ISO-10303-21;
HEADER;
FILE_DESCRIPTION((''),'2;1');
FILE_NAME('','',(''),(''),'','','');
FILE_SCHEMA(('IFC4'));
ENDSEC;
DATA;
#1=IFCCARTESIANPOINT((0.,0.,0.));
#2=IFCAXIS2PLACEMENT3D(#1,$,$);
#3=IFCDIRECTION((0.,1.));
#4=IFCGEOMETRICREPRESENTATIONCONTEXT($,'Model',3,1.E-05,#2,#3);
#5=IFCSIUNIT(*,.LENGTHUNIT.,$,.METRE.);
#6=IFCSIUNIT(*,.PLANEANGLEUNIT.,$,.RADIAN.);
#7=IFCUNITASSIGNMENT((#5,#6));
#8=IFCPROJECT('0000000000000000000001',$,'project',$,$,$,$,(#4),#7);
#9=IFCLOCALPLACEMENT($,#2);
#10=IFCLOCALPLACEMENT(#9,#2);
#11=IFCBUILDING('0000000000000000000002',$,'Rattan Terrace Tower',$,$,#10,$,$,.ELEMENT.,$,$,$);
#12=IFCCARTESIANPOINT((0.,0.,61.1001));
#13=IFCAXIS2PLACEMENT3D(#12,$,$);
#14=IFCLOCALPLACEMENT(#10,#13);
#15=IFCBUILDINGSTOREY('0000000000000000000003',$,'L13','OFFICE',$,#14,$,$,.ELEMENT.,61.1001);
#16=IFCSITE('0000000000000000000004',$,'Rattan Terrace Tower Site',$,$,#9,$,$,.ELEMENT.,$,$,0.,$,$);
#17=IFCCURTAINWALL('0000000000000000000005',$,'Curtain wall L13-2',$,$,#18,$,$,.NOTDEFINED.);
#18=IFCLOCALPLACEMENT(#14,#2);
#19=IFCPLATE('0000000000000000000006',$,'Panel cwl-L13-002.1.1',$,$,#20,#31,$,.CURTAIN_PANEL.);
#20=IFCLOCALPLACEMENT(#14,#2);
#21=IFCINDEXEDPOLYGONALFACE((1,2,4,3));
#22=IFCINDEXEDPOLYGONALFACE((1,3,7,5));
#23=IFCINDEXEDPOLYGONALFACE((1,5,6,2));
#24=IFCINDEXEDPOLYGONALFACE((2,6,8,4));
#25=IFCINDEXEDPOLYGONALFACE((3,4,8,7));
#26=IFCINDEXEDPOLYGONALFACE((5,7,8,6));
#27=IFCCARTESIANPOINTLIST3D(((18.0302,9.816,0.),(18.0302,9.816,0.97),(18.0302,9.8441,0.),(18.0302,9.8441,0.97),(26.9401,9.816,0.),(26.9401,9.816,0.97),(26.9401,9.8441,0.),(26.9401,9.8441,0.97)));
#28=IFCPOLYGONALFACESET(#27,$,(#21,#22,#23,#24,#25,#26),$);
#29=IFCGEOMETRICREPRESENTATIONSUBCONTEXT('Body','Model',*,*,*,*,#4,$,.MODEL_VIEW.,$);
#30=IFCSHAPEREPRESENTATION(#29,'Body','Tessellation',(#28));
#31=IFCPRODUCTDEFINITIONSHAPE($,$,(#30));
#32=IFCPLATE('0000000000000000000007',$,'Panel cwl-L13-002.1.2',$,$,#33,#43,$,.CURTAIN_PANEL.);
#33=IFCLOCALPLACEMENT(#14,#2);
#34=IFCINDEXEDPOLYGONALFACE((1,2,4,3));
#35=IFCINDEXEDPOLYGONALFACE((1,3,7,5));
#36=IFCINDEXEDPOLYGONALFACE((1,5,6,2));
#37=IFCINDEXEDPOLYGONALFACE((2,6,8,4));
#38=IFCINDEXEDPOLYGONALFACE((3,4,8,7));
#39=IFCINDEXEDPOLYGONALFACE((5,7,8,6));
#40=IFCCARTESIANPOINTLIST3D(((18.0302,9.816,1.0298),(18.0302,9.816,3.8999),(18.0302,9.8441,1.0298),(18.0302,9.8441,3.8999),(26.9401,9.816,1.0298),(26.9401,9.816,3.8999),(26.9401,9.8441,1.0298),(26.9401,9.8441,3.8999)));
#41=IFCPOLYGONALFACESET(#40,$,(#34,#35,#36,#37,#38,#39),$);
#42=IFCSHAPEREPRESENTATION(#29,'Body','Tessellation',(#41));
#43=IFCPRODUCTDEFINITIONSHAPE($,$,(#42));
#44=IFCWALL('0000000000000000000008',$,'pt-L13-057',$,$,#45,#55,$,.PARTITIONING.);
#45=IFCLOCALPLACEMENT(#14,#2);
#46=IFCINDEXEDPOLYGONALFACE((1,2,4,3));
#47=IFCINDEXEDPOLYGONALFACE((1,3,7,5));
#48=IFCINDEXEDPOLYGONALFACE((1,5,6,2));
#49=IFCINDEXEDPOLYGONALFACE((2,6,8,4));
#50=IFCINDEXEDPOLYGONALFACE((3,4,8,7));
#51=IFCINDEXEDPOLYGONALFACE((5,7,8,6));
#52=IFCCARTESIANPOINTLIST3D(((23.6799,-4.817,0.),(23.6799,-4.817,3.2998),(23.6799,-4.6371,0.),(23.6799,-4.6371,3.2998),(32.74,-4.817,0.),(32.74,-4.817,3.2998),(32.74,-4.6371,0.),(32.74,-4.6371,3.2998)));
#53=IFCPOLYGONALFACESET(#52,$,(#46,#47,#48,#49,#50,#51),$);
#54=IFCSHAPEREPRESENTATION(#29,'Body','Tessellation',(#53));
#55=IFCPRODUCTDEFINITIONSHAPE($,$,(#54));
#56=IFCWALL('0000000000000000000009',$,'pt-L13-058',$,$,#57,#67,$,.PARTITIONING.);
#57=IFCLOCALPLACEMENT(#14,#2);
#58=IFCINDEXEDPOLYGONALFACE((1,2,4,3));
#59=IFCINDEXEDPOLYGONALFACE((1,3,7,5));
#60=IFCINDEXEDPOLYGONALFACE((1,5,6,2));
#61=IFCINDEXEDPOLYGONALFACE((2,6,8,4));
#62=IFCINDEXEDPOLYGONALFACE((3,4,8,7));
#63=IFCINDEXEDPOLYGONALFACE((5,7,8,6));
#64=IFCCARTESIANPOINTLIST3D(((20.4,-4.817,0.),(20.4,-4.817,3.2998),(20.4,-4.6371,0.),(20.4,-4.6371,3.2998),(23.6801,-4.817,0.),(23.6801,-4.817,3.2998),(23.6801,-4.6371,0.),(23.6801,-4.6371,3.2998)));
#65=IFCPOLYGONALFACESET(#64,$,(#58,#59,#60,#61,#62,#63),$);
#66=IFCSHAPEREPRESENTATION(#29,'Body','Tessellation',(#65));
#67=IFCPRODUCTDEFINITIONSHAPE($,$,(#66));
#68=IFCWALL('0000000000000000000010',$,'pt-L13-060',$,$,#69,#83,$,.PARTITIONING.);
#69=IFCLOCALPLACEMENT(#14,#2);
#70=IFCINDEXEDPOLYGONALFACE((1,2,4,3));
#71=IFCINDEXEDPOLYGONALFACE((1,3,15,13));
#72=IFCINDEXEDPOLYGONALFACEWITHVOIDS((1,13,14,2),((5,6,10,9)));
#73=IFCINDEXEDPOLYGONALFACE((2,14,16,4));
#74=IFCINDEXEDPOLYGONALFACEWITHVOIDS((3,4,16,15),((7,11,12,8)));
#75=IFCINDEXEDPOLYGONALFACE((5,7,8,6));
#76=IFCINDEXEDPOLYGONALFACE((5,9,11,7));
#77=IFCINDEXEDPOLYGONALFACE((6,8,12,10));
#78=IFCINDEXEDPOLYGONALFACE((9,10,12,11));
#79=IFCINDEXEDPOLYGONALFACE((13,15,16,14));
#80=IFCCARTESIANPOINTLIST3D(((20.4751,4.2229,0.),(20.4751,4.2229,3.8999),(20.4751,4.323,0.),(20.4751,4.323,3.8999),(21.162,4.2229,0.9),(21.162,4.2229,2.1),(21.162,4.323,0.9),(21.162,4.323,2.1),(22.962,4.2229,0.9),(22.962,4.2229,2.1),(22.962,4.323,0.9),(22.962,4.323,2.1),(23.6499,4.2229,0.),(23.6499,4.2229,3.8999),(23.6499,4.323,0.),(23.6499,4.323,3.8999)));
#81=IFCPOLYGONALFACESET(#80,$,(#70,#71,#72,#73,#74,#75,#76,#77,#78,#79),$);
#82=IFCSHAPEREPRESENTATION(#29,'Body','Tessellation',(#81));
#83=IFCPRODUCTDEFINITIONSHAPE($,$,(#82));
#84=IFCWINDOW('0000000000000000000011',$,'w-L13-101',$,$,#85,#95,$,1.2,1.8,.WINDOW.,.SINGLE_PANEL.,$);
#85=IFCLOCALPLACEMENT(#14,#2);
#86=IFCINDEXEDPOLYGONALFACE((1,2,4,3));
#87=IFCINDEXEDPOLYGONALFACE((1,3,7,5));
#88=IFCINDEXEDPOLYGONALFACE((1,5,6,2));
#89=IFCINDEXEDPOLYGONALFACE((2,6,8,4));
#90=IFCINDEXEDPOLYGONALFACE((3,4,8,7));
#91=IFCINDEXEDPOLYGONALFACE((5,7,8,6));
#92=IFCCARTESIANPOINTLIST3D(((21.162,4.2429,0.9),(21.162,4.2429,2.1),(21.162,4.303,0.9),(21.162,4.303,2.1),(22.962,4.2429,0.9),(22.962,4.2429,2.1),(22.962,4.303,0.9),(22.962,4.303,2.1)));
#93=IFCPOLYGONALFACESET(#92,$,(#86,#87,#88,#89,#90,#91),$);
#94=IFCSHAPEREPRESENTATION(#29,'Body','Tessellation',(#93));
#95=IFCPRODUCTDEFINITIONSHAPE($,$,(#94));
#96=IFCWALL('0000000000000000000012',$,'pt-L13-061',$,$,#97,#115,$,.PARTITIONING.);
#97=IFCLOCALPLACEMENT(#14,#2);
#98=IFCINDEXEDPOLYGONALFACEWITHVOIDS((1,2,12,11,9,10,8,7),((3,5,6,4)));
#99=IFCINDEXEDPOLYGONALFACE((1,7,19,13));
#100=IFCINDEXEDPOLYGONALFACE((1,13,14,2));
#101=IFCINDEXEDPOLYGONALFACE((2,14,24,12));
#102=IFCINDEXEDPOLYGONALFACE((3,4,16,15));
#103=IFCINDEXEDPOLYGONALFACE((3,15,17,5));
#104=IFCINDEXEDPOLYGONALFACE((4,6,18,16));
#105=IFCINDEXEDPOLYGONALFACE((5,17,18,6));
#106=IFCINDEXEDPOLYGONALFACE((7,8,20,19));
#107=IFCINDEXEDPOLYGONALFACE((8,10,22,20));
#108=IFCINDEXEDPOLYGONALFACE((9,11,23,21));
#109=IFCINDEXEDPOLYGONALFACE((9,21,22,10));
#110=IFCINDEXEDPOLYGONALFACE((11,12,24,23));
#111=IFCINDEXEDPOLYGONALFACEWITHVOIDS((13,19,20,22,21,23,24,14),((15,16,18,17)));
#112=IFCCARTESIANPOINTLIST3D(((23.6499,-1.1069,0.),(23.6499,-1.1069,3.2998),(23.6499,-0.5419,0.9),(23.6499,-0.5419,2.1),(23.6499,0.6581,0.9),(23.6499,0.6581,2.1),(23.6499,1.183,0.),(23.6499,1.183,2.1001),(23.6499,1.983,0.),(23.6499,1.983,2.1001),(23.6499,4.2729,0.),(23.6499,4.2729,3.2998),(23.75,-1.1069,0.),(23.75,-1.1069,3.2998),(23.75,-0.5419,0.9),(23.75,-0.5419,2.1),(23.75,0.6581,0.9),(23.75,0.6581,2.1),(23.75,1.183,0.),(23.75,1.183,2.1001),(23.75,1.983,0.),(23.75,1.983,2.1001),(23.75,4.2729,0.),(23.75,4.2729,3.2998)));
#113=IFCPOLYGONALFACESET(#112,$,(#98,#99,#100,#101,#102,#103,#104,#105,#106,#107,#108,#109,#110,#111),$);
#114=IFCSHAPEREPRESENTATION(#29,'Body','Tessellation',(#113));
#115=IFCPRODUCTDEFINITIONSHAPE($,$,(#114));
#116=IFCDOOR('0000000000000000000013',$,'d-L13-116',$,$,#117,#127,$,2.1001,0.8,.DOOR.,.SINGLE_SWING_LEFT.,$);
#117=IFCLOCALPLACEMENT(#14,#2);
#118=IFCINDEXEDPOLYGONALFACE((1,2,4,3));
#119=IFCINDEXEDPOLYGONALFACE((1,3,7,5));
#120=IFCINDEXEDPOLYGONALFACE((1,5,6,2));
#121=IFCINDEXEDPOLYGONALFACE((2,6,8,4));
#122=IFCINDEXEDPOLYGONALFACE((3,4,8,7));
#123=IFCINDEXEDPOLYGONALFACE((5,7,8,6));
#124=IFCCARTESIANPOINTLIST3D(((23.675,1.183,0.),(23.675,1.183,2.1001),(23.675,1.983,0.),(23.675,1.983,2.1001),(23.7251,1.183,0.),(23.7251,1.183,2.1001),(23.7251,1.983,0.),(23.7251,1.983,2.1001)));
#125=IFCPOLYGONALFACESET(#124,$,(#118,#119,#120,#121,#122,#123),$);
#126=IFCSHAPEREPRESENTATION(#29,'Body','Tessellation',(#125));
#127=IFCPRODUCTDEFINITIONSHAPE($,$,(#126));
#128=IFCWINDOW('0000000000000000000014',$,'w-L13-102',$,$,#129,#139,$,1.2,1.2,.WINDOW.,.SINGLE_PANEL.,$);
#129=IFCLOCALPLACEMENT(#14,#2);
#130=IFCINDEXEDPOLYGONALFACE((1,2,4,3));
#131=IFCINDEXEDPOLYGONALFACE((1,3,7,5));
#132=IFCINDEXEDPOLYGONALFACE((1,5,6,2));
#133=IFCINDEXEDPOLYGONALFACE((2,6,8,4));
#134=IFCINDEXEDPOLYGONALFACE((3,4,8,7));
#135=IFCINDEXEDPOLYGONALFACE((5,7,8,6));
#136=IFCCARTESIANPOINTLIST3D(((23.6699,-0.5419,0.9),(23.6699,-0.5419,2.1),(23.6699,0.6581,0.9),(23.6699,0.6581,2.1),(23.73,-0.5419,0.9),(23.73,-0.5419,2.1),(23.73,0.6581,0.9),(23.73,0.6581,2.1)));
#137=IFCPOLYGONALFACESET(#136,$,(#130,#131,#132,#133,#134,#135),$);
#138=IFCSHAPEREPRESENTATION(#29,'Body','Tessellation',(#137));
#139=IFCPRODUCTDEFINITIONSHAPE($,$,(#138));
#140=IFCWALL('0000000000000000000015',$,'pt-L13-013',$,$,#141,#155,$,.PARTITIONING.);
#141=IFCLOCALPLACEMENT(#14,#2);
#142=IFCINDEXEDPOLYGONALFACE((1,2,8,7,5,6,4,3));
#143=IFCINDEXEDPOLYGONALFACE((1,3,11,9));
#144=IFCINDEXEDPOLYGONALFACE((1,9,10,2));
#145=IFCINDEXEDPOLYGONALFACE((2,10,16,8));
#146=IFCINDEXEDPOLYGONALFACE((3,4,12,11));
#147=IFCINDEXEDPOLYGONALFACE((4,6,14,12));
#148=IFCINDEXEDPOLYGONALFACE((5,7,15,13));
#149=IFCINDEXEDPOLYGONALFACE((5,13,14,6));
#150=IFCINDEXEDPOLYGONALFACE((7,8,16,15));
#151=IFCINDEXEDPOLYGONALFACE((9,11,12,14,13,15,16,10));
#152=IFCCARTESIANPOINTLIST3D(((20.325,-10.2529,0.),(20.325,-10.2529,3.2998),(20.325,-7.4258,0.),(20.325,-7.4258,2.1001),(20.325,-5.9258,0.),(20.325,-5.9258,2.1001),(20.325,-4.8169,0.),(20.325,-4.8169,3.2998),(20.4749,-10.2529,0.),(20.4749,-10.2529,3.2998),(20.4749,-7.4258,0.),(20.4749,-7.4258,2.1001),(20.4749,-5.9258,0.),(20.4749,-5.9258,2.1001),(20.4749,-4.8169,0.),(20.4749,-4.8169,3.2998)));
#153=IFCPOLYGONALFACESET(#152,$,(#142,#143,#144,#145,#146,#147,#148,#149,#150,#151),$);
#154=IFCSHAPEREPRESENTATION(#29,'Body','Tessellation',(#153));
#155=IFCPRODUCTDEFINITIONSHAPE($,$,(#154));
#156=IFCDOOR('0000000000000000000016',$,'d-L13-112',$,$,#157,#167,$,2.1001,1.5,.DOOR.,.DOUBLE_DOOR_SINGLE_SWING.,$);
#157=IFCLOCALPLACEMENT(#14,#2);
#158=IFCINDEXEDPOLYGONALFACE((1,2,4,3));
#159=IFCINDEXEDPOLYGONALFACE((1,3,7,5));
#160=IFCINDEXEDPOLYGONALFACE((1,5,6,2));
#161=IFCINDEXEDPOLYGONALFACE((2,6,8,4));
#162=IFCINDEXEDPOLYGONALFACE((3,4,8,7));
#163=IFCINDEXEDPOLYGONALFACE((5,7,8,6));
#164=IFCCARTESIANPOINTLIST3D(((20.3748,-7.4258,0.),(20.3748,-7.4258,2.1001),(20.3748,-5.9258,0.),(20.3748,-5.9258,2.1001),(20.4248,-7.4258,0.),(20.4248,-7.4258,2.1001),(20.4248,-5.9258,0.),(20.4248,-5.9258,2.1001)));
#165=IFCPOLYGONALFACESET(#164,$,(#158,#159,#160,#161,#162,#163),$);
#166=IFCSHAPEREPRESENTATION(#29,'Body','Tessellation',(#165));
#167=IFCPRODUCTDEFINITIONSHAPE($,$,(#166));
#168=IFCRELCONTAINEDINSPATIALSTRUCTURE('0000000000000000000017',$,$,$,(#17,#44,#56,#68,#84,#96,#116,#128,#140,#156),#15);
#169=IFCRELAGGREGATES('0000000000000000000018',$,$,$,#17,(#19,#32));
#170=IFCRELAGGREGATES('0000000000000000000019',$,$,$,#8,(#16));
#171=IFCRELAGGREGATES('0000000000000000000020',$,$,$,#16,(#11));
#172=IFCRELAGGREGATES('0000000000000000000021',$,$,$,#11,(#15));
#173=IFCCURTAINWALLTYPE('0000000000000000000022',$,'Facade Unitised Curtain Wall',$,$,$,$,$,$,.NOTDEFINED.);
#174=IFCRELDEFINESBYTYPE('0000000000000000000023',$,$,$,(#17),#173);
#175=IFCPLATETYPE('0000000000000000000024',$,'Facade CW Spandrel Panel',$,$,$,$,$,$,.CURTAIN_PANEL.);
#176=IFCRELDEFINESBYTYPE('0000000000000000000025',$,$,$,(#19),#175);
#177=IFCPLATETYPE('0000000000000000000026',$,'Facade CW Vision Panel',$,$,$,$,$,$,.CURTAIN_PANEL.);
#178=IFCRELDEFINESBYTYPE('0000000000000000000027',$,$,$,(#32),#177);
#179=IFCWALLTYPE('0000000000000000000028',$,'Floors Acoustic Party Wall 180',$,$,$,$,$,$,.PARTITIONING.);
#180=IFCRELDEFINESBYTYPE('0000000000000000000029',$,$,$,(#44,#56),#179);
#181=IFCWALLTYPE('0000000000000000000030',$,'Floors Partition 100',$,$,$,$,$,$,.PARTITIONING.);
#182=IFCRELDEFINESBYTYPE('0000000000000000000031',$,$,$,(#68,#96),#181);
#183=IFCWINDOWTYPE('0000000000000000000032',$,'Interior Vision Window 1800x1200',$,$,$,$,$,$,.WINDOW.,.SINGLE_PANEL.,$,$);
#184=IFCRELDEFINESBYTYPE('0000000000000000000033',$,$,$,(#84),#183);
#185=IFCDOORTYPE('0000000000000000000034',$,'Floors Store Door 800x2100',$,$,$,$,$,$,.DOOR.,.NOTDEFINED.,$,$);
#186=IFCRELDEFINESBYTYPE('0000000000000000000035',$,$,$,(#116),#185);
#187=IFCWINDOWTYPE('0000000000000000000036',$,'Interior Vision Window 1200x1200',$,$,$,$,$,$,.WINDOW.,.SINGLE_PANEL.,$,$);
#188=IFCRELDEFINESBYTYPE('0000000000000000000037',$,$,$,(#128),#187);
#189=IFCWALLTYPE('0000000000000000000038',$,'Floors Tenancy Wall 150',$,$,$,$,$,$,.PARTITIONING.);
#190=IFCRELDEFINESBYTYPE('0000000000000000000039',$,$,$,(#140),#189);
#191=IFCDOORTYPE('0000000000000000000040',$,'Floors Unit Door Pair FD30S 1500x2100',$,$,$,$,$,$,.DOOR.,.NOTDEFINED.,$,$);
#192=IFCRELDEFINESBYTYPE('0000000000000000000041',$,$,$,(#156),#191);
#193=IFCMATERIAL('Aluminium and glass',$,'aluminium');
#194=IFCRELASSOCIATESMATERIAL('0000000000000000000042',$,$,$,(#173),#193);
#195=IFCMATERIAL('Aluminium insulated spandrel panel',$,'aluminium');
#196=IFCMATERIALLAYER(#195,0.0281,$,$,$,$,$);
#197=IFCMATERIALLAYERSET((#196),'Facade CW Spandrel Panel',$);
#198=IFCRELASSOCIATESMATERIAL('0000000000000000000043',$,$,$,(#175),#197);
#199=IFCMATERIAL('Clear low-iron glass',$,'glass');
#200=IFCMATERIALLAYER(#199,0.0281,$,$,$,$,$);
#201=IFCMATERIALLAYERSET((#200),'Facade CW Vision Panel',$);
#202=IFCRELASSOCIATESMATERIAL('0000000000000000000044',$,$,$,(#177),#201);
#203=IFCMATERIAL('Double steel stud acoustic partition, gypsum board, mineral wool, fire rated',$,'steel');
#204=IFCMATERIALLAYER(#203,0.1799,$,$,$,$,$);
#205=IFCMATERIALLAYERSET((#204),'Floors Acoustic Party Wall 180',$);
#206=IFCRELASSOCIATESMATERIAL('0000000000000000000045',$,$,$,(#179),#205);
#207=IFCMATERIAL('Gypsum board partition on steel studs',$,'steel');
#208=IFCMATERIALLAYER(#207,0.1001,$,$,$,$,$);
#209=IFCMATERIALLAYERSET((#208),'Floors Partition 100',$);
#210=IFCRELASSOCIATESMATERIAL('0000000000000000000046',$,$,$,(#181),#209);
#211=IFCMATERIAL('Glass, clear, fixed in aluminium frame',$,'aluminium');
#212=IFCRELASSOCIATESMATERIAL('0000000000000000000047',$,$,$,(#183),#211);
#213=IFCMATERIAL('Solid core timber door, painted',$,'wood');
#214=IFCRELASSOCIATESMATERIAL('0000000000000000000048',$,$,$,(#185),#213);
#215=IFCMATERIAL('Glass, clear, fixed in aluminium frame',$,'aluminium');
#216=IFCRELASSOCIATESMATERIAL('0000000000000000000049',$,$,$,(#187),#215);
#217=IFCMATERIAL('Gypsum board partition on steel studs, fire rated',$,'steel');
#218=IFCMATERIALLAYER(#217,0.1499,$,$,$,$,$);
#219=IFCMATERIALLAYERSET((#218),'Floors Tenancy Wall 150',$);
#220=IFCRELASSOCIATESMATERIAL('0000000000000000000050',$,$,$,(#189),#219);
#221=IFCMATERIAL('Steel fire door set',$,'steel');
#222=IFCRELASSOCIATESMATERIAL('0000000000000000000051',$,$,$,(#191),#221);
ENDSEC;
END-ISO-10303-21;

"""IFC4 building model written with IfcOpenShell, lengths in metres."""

from ifc_helpers import new_model, si_unit, direction, frame, frame_2d, origin, origin_2d, place, context, subcontext, project, spatial, rectangle, extrude, material, layer, layer_set, type_object, element, fill, aggregate, save


model = new_model("IFC4")

# Units and contexts
model_context = context("Model", 3, precision=1e-05, world=origin(), true_north=direction((0.0, 1.0)))
body_context = subcontext(model_context, "Body", "Model", "MODEL_VIEW")
ifc_project = project(units=[si_unit("LENGTHUNIT", "METRE"), si_unit("PLANEANGLEUNIT", "RADIAN")], contexts=[model_context])

# Site, building, storey
site_placement = place(None, origin())
site = spatial("IfcSite", under=ifc_project, at=site_placement, Name="Rattan Terrace Tower Site", CompositionType="ELEMENT", RefElevation=0.0)
building_placement = place(site_placement, origin())
building = spatial("IfcBuilding", under=site, at=building_placement, Name="Rattan Terrace Tower", CompositionType="ELEMENT")
storey_placement = place(building_placement, frame((0.0, 0.0, 61.1001)))
storey = spatial("IfcBuildingStorey", under=building, at=storey_placement, Name="L13", Description="OFFICE", CompositionType="ELEMENT", Elevation=61.1001)

# Curtain wall
ifc_material_1 = material(Name="Aluminium and glass", Category="aluminium")
curtain_wall_type = type_object("IfcCurtainWallType", Name="Facade Unitised Curtain Wall", PredefinedType="NOTDEFINED", material=ifc_material_1)
curtain_wall_placement = place(storey_placement, origin())
curtain_wall = element("IfcCurtainWall", 1, at=curtain_wall_placement, inside=storey, type_object=curtain_wall_type, Name="Curtain wall L13-2", PredefinedType="NOTDEFINED")

# Plates
ifc_material_2 = material(Name="Aluminium insulated spandrel panel", Category="aluminium")
ifc_layer_1 = layer(ifc_material_2, 0.0281)
ifc_layer_set_1 = layer_set([ifc_layer_1], Name="Facade CW Spandrel Panel")
plate_type_1 = type_object("IfcPlateType", Name="Facade CW Spandrel Panel", PredefinedType="CURTAIN_PANEL", material=ifc_layer_set_1)
plate_1_placement = place(storey_placement, frame((22.4851, 9.8301, 0.0), z_axis=(0.0, 0.0, 1.0), x_axis=(-1.0, 0.0, 0.0)))
plate_1 = element("IfcPlate", 2, at=plate_1_placement, type_object=plate_type_1, Name="Panel cwl-L13-002.1.1", PredefinedType="CURTAIN_PANEL", context=body_context, shape_type="SweptSolid", body=[
    extrude(rectangle(XDim=8.9099, YDim=0.0281, at=origin_2d()), origin(), (0.0, 0.0, 1.0), 0.97),
])
ifc_material_3 = material(Name="Clear low-iron glass", Category="glass")
ifc_layer_2 = layer(ifc_material_3, 0.0281)
ifc_layer_set_2 = layer_set([ifc_layer_2], Name="Facade CW Vision Panel")
plate_type_2 = type_object("IfcPlateType", Name="Facade CW Vision Panel", PredefinedType="CURTAIN_PANEL", material=ifc_layer_set_2)
plate_2_placement = place(storey_placement, frame((22.4851, 9.8301, 1.0298), z_axis=(0.0, 0.0, 1.0), x_axis=(-1.0, 0.0, 0.0)))
plate_2 = element("IfcPlate", 3, at=plate_2_placement, type_object=plate_type_2, Name="Panel cwl-L13-002.1.2", PredefinedType="CURTAIN_PANEL", context=body_context, shape_type="SweptSolid", body=[
    extrude(rectangle(XDim=8.9099, YDim=0.0281, at=origin_2d()), origin(), (0.0, 0.0, 1.0), 2.8701),
])
aggregate(curtain_wall, [plate_1, plate_2])

# Walls
ifc_material_4 = material(Name="Double steel stud acoustic partition, gypsum board, mineral wool, fire rated", Category="steel")
ifc_layer_3 = layer(ifc_material_4, 0.1799)
ifc_layer_set_3 = layer_set([ifc_layer_3], Name="Floors Acoustic Party Wall 180")
wall_type_1 = type_object("IfcWallType", Name="Floors Acoustic Party Wall 180", PredefinedType="PARTITIONING", material=ifc_layer_set_3)
wall_1_placement = place(storey_placement, frame((23.6799, -4.7271, 0.0), z_axis=(0.0, 0.0, 1.0), x_axis=(1.0, 0.0, 0.0)))
element("IfcWall", 4, at=wall_1_placement, inside=storey, type_object=wall_type_1, Name="pt-L13-057", PredefinedType="PARTITIONING", context=body_context, shape_type="SweptSolid", body=[
    extrude(rectangle(XDim=9.0601, YDim=0.1799, at=frame_2d((4.53, 0.0))), origin(), (0.0, 0.0, 1.0), 3.2998),
])
wall_2_placement = place(storey_placement, frame((20.3999, -4.7271, 0.0), z_axis=(0.0, 0.0, 1.0), x_axis=(1.0, 0.0, 0.0)))
element("IfcWall", 5, at=wall_2_placement, inside=storey, type_object=wall_type_1, Name="pt-L13-058", PredefinedType="PARTITIONING", context=body_context, shape_type="SweptSolid", body=[
    extrude(rectangle(XDim=3.28, YDim=0.1799, at=frame_2d((1.6401, 0.0))), origin(), (0.0, 0.0, 1.0), 3.2998),
])

# Wall, opening, window
ifc_material_5 = material(Name="Gypsum board partition on steel studs", Category="steel")
ifc_layer_4 = layer(ifc_material_5, 0.1001)
ifc_layer_set_4 = layer_set([ifc_layer_4], Name="Floors Partition 100")
wall_type_2 = type_object("IfcWallType", Name="Floors Partition 100", PredefinedType="PARTITIONING", material=ifc_layer_set_4)
wall_3_placement = place(storey_placement, frame((23.6499, 4.2729, 0.0), z_axis=(0.0, 0.0, 1.0), x_axis=(-1.0, 0.0, 0.0)))
wall_3 = element("IfcWall", 6, at=wall_3_placement, inside=storey, type_object=wall_type_2, Name="pt-L13-060", PredefinedType="PARTITIONING", context=body_context, shape_type="SweptSolid", body=[
    extrude(rectangle(XDim=3.1748, YDim=0.1001, at=frame_2d((1.5874, 0.0))), origin(), (0.0, 0.0, 1.0), 3.8999),
])
opening_1_placement = place(wall_3_placement, frame((0.688, 0.0, 0.8999)))
opening_1 = element("IfcOpeningElement", 7, at=opening_1_placement, cuts=wall_3, PredefinedType="OPENING", context=body_context, shape_type="SweptSolid", body=[
    extrude(rectangle(XDim=1.8, YDim=1.2, at=frame_2d((0.8999, 0.6001))), frame((0.0, 0.0605, 0.0), z_axis=(0.0, -1.0, 0.0), x_axis=(1.0, 0.0, 0.0)), (0.0, 0.0, 1.0), 0.1211),
])
ifc_material_6 = material(Name="Glass, clear, fixed in aluminium frame", Category="aluminium")
window_type_1 = type_object("IfcWindowType", Name="Interior Vision Window 1800x1200", PartitioningType="SINGLE_PANEL", PredefinedType="WINDOW", material=ifc_material_6)
window_1_placement = place(opening_1_placement, origin())
window_1 = element("IfcWindow", 8, at=window_1_placement, inside=storey, type_object=window_type_1, Name="w-L13-101", OverallHeight=1.2, OverallWidth=1.8, PartitioningType="SINGLE_PANEL", PredefinedType="WINDOW", context=body_context, shape_type="SweptSolid", body=[
    extrude(rectangle(XDim=1.8, YDim=1.2, at=frame_2d((0.8999, 0.6001))), frame((0.0, 0.03, 0.0), z_axis=(0.0, -1.0, 0.0), x_axis=(1.0, 0.0, 0.0)), (0.0, 0.0, 1.0), 0.0601),
])
fill(opening_1, window_1)

# Wall, openings, door, window
wall_4_placement = place(storey_placement, frame((23.7, -1.1069, 0.0), z_axis=(0.0, 0.0, 1.0), x_axis=(0.0, 1.0, 0.0)))
wall_4 = element("IfcWall", 9, at=wall_4_placement, inside=storey, type_object=wall_type_2, Name="pt-L13-061", PredefinedType="PARTITIONING", context=body_context, shape_type="SweptSolid", body=[
    extrude(rectangle(XDim=5.3799, YDim=0.1001, at=frame_2d((2.6899, 0.0))), origin(), (0.0, 0.0, 1.0), 3.2998),
])
opening_2_placement = place(wall_4_placement, frame((2.29, 0.0, 0.0)))
opening_2 = element("IfcOpeningElement", 10, at=opening_2_placement, cuts=wall_4, PredefinedType="OPENING", context=body_context, shape_type="SweptSolid", body=[
    extrude(rectangle(XDim=0.8, YDim=2.1001, at=frame_2d((0.3999, 1.05))), frame((0.0, 0.0605, 0.0), z_axis=(0.0, -1.0, 0.0), x_axis=(1.0, 0.0, 0.0)), (0.0, 0.0, 1.0), 0.1211),
])
opening_3_placement = place(wall_4_placement, frame((0.5649, 0.0, 0.8999)))
opening_3 = element("IfcOpeningElement", 11, at=opening_3_placement, cuts=wall_4, PredefinedType="OPENING", context=body_context, shape_type="SweptSolid", body=[
    extrude(rectangle(XDim=1.2, YDim=1.2, at=frame_2d((0.6001, 0.6001))), frame((0.0, 0.0605, 0.0), z_axis=(0.0, -1.0, 0.0), x_axis=(1.0, 0.0, 0.0)), (0.0, 0.0, 1.0), 0.1211),
])
ifc_material_7 = material(Name="Solid core timber door, painted", Category="wood")
door_type_1 = type_object("IfcDoorType", Name="Floors Store Door 800x2100", OperationType="NOTDEFINED", PredefinedType="DOOR", material=ifc_material_7)
door_1_placement = place(opening_2_placement, origin())
door_1 = element("IfcDoor", 12, at=door_1_placement, inside=storey, type_object=door_type_1, Name="d-L13-116", OperationType="SINGLE_SWING_LEFT", OverallHeight=2.1001, OverallWidth=0.8, PredefinedType="DOOR", context=body_context, shape_type="SweptSolid", body=[
    extrude(rectangle(XDim=0.8, YDim=2.1001, at=frame_2d((0.3999, 1.05))), frame((0.0, 0.0249, 0.0), z_axis=(0.0, -1.0, 0.0), x_axis=(1.0, 0.0, 0.0)), (0.0, 0.0, 1.0), 0.05),
])
fill(opening_2, door_1)
ifc_material_8 = material(Name="Glass, clear, fixed in aluminium frame", Category="aluminium")
window_type_2 = type_object("IfcWindowType", Name="Interior Vision Window 1200x1200", PartitioningType="SINGLE_PANEL", PredefinedType="WINDOW", material=ifc_material_8)
window_2_placement = place(opening_3_placement, origin())
window_2 = element("IfcWindow", 13, at=window_2_placement, inside=storey, type_object=window_type_2, Name="w-L13-102", OverallHeight=1.2, OverallWidth=1.2, PartitioningType="SINGLE_PANEL", PredefinedType="WINDOW", context=body_context, shape_type="SweptSolid", body=[
    extrude(rectangle(XDim=1.2, YDim=1.2, at=frame_2d((0.6001, 0.6001))), frame((0.0, 0.03, 0.0), z_axis=(0.0, -1.0, 0.0), x_axis=(1.0, 0.0, 0.0)), (0.0, 0.0, 1.0), 0.0601),
])
fill(opening_3, window_2)

# Wall, opening, door
ifc_material_9 = material(Name="Gypsum board partition on steel studs, fire rated", Category="steel")
ifc_layer_5 = layer(ifc_material_9, 0.1499)
ifc_layer_set_5 = layer_set([ifc_layer_5], Name="Floors Tenancy Wall 150")
wall_type_3 = type_object("IfcWallType", Name="Floors Tenancy Wall 150", PredefinedType="PARTITIONING", material=ifc_layer_set_5)
wall_5_placement = place(storey_placement, frame((20.3999, -4.8169, 0.0), z_axis=(0.0, 0.0, 1.0), x_axis=(0.0, -1.0, 0.0)))
wall_5 = element("IfcWall", 14, at=wall_5_placement, inside=storey, type_object=wall_type_3, Name="pt-L13-013", PredefinedType="PARTITIONING", context=body_context, shape_type="SweptSolid", body=[
    extrude(rectangle(XDim=5.436, YDim=0.1499, at=frame_2d((2.718, 0.0))), origin(), (0.0, 0.0, 1.0), 3.2998),
])
opening_4_placement = place(wall_5_placement, frame((1.1089, 0.0, 0.0)))
opening_4 = element("IfcOpeningElement", 15, at=opening_4_placement, cuts=wall_5, PredefinedType="OPENING", context=body_context, shape_type="SweptSolid", body=[
    extrude(rectangle(XDim=1.5, YDim=2.1001, at=frame_2d((0.75, 1.05))), frame((0.0, 0.0854, 0.0), z_axis=(0.0, -1.0, 0.0), x_axis=(1.0, 0.0, 0.0)), (0.0, 0.0, 1.0), 0.1709),
])
ifc_material_10 = material(Name="Steel fire door set", Category="steel")
door_type_2 = type_object("IfcDoorType", Name="Floors Unit Door Pair FD30S 1500x2100", OperationType="NOTDEFINED", PredefinedType="DOOR", material=ifc_material_10)
door_2_placement = place(opening_4_placement, origin())
door_2 = element("IfcDoor", 16, at=door_2_placement, inside=storey, type_object=door_type_2, Name="d-L13-112", OperationType="DOUBLE_DOOR_SINGLE_SWING", OverallHeight=2.1001, OverallWidth=1.5, PredefinedType="DOOR", context=body_context, shape_type="SweptSolid", body=[
    extrude(rectangle(XDim=1.5, YDim=2.1001, at=frame_2d((0.75, 1.05))), frame((0.0, 0.0249, 0.0), z_axis=(0.0, -1.0, 0.0), x_axis=(1.0, 0.0, 0.0)), (0.0, 0.0, 1.0), 0.05),
])
fill(opening_4, door_2)

save(model, "model.ifc")
